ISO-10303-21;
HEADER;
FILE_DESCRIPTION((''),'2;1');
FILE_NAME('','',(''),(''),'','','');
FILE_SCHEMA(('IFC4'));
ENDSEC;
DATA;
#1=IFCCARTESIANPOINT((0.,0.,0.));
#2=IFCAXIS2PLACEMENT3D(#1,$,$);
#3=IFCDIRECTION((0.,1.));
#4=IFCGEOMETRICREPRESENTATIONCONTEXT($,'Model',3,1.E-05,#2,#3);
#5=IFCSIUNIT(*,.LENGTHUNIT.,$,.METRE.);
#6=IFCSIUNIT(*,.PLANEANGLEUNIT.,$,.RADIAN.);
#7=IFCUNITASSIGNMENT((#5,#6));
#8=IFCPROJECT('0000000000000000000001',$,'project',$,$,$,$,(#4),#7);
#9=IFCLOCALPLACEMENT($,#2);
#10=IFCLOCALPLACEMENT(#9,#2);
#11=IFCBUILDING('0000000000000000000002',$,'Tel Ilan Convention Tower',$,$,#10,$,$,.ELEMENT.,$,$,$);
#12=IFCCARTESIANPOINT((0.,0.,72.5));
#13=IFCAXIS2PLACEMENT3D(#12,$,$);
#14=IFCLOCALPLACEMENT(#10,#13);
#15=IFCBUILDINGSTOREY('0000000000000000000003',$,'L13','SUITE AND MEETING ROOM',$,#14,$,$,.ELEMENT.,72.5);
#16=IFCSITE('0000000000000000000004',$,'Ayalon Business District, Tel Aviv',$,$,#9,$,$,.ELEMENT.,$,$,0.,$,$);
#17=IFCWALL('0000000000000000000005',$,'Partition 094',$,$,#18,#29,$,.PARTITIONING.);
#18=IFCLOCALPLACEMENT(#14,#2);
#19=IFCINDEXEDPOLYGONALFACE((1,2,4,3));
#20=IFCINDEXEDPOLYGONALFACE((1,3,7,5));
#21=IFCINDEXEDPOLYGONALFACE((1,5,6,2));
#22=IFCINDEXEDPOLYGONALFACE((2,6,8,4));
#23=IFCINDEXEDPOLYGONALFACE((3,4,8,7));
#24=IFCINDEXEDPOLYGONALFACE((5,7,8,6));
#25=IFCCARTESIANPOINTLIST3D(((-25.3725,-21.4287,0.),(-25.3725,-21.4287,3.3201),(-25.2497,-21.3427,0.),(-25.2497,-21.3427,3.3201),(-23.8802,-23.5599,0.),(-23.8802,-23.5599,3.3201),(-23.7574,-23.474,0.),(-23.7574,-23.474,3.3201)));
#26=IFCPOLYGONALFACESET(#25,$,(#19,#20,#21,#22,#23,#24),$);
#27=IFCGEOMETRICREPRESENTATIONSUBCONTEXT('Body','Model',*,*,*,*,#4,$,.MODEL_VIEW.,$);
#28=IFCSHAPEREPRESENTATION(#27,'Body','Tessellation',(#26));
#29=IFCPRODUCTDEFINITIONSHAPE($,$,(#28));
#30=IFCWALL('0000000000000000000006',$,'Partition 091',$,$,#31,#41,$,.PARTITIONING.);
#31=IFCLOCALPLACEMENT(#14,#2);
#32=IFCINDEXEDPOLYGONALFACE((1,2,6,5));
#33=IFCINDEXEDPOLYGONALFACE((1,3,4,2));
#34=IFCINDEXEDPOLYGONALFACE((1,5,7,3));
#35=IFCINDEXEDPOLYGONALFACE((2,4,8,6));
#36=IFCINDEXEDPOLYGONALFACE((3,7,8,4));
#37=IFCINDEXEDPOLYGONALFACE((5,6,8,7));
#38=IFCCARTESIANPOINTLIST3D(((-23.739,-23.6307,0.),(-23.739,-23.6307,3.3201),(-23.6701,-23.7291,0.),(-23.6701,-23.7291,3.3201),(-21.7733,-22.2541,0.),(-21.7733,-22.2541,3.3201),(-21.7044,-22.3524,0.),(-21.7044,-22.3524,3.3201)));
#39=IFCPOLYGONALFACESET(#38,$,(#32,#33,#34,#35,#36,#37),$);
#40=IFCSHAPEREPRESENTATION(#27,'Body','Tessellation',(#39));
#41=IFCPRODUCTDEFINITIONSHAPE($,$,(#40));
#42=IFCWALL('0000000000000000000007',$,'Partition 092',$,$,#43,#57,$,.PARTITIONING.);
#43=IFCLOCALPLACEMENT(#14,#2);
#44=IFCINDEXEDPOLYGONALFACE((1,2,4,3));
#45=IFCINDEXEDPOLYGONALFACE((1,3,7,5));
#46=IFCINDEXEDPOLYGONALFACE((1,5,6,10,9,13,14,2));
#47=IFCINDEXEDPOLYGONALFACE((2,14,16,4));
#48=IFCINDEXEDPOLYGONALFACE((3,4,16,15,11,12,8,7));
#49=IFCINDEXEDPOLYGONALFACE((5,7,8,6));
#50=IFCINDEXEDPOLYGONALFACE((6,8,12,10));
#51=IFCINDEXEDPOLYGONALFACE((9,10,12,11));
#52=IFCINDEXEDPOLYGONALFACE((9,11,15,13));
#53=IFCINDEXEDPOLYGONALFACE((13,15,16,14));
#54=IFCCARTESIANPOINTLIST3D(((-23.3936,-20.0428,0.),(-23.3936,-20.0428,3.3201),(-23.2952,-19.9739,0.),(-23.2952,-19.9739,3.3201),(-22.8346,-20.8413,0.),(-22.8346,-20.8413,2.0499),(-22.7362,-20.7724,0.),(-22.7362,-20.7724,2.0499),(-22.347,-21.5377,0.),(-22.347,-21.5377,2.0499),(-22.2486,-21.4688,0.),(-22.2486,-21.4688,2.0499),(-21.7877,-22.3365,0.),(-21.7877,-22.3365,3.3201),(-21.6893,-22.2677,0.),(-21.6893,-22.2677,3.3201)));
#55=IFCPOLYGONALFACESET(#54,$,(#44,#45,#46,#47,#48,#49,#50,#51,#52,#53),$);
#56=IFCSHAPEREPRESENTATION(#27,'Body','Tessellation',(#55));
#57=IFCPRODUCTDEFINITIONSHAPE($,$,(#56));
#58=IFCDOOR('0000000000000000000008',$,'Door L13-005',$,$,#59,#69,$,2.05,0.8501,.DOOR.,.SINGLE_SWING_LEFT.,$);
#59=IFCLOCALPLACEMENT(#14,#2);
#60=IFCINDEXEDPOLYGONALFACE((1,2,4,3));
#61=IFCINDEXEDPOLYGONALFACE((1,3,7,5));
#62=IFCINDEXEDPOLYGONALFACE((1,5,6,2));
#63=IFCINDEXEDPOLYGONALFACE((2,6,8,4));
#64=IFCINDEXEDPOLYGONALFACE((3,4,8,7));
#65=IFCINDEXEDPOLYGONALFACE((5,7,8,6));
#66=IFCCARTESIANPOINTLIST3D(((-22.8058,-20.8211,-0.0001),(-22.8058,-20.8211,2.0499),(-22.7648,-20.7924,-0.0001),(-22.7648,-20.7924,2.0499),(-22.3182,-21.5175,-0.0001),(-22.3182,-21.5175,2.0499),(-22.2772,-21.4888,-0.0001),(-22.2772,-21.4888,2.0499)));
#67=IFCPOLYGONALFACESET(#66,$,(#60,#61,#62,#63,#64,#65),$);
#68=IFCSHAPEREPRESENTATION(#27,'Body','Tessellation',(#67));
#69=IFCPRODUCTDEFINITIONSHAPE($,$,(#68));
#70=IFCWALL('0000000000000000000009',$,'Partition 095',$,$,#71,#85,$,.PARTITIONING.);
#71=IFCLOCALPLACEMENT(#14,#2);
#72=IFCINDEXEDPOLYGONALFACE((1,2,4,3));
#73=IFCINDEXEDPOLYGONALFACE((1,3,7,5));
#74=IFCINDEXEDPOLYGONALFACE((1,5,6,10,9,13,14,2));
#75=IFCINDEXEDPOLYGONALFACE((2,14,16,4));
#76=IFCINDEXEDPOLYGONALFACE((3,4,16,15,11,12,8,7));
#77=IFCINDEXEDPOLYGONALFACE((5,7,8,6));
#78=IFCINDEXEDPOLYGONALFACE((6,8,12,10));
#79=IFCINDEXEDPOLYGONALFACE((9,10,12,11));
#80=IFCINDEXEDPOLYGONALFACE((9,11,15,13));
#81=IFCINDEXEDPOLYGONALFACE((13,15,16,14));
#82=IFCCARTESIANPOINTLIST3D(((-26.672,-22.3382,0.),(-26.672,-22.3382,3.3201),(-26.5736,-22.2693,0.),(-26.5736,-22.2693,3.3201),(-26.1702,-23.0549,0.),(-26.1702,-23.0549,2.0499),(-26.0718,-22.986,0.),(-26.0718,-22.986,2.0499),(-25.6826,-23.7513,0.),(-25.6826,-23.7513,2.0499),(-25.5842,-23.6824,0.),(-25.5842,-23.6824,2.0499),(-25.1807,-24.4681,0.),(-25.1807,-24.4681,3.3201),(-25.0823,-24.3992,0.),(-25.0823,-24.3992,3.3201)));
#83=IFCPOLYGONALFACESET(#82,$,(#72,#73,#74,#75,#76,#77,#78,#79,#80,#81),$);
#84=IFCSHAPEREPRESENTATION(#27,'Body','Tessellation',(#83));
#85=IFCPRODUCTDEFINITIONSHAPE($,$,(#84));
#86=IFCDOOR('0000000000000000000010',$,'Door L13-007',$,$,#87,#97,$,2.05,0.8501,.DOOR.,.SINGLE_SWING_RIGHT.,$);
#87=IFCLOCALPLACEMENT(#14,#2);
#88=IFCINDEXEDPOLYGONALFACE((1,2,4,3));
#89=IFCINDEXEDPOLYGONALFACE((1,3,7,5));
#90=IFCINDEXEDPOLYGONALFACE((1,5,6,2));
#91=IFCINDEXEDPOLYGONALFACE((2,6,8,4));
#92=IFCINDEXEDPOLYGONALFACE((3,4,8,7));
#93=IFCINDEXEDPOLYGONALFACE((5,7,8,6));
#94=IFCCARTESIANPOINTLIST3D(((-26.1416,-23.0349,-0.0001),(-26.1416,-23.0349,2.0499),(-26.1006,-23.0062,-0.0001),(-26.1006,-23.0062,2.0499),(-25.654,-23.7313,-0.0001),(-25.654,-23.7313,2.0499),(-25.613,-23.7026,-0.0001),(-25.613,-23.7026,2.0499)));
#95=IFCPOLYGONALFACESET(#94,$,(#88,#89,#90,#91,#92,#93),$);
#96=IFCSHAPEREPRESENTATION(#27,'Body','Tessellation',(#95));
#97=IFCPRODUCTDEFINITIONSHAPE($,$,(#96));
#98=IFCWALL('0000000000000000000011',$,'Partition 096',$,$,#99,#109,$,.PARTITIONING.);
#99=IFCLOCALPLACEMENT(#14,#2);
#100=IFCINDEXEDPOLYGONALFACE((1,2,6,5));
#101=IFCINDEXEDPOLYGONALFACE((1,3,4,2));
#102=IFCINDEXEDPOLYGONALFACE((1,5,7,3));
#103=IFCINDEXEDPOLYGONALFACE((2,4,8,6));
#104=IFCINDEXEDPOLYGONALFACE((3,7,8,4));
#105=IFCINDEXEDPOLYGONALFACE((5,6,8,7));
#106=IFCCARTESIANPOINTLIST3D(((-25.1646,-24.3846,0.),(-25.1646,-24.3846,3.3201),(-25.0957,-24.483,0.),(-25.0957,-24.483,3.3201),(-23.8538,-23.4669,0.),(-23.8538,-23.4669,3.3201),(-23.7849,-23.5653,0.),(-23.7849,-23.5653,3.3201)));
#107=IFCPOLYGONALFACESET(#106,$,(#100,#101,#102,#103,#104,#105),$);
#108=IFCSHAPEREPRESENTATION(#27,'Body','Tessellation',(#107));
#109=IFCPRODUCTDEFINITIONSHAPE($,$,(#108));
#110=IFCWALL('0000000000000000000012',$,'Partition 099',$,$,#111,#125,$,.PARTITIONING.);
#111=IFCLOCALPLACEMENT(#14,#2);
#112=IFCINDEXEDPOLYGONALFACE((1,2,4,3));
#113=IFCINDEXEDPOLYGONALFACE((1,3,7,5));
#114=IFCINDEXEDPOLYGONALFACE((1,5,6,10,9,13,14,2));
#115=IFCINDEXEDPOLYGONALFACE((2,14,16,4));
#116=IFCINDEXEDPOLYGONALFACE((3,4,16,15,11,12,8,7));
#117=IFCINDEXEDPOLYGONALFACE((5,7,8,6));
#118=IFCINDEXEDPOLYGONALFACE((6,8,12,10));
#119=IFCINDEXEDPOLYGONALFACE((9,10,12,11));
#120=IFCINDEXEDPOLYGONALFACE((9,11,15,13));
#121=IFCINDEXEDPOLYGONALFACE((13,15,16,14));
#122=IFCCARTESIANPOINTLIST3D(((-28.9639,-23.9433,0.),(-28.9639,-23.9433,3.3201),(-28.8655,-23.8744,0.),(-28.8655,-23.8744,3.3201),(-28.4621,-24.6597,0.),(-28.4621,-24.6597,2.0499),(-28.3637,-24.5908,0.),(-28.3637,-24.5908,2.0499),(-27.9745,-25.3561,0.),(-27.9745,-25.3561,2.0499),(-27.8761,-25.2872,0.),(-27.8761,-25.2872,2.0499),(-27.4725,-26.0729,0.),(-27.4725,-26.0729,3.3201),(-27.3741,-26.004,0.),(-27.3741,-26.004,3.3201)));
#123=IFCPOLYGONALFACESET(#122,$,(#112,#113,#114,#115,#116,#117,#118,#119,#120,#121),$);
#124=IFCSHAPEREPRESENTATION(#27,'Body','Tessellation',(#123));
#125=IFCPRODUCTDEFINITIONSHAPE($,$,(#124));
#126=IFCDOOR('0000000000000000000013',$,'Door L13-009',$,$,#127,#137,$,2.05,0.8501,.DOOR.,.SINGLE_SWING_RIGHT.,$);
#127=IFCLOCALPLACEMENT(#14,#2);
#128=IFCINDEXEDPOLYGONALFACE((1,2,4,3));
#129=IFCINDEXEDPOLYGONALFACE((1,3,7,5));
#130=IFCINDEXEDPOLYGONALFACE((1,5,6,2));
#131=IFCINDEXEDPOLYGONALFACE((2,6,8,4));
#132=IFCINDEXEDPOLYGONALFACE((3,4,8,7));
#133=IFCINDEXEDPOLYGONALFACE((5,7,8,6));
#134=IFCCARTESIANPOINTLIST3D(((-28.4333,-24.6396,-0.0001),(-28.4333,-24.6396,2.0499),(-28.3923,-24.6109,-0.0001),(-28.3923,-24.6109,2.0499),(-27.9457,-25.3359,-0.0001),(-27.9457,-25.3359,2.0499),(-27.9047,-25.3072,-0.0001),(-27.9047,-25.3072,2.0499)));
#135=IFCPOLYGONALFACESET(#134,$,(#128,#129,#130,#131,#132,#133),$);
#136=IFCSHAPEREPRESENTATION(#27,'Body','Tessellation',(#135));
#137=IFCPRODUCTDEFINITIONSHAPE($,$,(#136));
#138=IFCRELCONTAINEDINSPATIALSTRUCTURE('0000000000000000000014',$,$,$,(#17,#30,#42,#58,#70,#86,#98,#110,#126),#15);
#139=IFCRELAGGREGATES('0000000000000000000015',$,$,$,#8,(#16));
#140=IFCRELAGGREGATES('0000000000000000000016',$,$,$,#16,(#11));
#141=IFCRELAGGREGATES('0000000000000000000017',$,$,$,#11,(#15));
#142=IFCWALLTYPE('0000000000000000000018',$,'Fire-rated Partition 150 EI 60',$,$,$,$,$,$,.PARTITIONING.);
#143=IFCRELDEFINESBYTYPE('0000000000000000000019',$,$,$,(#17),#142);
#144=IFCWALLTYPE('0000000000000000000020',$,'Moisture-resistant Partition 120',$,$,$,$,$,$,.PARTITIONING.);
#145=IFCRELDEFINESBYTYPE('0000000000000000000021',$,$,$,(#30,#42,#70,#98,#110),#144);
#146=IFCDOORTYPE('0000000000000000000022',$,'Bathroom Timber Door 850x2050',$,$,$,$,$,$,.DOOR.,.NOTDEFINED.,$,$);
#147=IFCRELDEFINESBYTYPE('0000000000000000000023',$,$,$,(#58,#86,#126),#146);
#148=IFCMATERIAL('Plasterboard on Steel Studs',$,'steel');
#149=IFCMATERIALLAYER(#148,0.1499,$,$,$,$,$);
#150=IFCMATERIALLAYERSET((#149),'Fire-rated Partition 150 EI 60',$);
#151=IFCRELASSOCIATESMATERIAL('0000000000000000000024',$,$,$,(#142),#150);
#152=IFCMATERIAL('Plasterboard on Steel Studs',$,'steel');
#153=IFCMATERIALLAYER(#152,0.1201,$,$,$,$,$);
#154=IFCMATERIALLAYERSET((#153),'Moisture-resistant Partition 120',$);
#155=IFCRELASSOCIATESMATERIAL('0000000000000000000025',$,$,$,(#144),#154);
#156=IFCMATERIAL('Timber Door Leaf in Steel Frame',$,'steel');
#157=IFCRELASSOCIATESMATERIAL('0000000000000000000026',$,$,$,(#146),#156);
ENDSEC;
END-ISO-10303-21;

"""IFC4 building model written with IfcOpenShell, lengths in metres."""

from ifc_helpers import new_model, si_unit, direction, frame, frame_2d, origin, place, context, subcontext, project, spatial, rectangle, extrude, material, layer, layer_set, type_object, element, fill, save


model = new_model("IFC4")

# Units and contexts
model_context = context("Model", 3, precision=1e-05, world=origin(), true_north=direction((0.0, 1.0)))
body_context = subcontext(model_context, "Body", "Model", "MODEL_VIEW")
ifc_project = project(units=[si_unit("LENGTHUNIT", "METRE"), si_unit("PLANEANGLEUNIT", "RADIAN")], contexts=[model_context])

# Site, building, storey
site_placement = place(None, origin())
site = spatial("IfcSite", under=ifc_project, at=site_placement, Name="Ayalon Business District, Tel Aviv", CompositionType="ELEMENT", RefElevation=0.0)
building_placement = place(site_placement, origin())
building = spatial("IfcBuilding", under=site, at=building_placement, Name="Tel Ilan Convention Tower", CompositionType="ELEMENT")
storey_placement = place(building_placement, frame((0.0, 0.0, 72.5)))
storey = spatial("IfcBuildingStorey", under=building, at=storey_placement, Name="L13", Description="SUITE AND MEETING ROOM", CompositionType="ELEMENT", Elevation=72.5)

# Shared definitions
ifc_material_1 = material(Name="Plasterboard on Steel Studs", Category="steel")
ifc_layer_1 = layer(ifc_material_1, 0.1499)
ifc_layer_set_1 = layer_set([ifc_layer_1], Name="Fire-rated Partition 150 EI 60")
wall_type_1 = type_object("IfcWallType", Name="Fire-rated Partition 150 EI 60", PredefinedType="PARTITIONING", material=ifc_layer_set_1)

# Walls
wall_1_placement = place(storey_placement, frame((-23.8188, -23.5168, 0.0), z_axis=(0.0, 0.0, 1.0), x_axis=(-0.573588, 0.819144, 0.0)))
element("IfcWall", 1, at=wall_1_placement, inside=storey, type_object=wall_type_1, Name="Partition 094", PredefinedType="PARTITIONING", context=body_context, shape_type="SweptSolid", body=[
    extrude(rectangle(XDim=2.6018, YDim=0.1499, at=frame_2d((1.3008, 0.0))), origin(), (0.0, 0.0, 1.0), 3.3201),
])
ifc_material_2 = material(Name="Plasterboard on Steel Studs", Category="steel")
ifc_layer_2 = layer(ifc_material_2, 0.1201)
ifc_layer_set_2 = layer_set([ifc_layer_2], Name="Moisture-resistant Partition 120")
wall_type_2 = type_object("IfcWallType", Name="Moisture-resistant Partition 120", PredefinedType="PARTITIONING", material=ifc_layer_set_2)
wall_2_placement = place(storey_placement, frame((-23.7046, -23.6799, 0.0), z_axis=(0.0, 0.0, 1.0), x_axis=(0.819108, 0.57364, 0.0)))
element("IfcWall", 2, at=wall_2_placement, inside=storey, type_object=wall_type_2, Name="Partition 091", PredefinedType="PARTITIONING", context=body_context, shape_type="SweptSolid", body=[
    extrude(rectangle(XDim=2.3999, YDim=0.1201, at=frame_2d((1.2, 0.0))), origin(), (0.0, 0.0, 1.0), 3.3201),
])

# Walls, openings, doors
wall_3_placement = place(storey_placement, frame((-21.7385, -22.302, 0.0), z_axis=(0.0, 0.0, 1.0), x_axis=(-0.57355, 0.81917, 0.0)))
wall_3 = element("IfcWall", 3, at=wall_3_placement, inside=storey, type_object=wall_type_2, Name="Partition 092", PredefinedType="PARTITIONING", context=body_context, shape_type="SweptSolid", body=[
    extrude(rectangle(XDim=2.8, YDim=0.1201, at=frame_2d((1.3999, 0.0))), origin(), (0.0, 0.0, 1.0), 3.3201),
])
opening_1_placement = place(wall_3_placement, frame((0.9751, 0.0, 0.0)))
opening_1 = element("IfcOpeningElement", 4, at=opening_1_placement, cuts=wall_3, PredefinedType="OPENING", context=body_context, shape_type="SweptSolid", body=[
    extrude(rectangle(XDim=0.8501, YDim=2.05, at=frame_2d((0.425, 1.0249))), frame((0.0, 0.0701, 0.0), z_axis=(0.0, -1.0, 0.0), x_axis=(1.0, 0.0, 0.0)), (0.0, 0.0, 1.0), 0.1401),
])
ifc_material_3 = material(Name="Timber Door Leaf in Steel Frame", Category="steel")
door_type_1 = type_object("IfcDoorType", Name="Bathroom Timber Door 850x2050", OperationType="NOTDEFINED", PredefinedType="DOOR", material=ifc_material_3)
door_1_placement = place(opening_1_placement, origin())
door_1 = element("IfcDoor", 5, at=door_1_placement, inside=storey, type_object=door_type_1, Name="Door L13-005", OperationType="SINGLE_SWING_LEFT", OverallHeight=2.05, OverallWidth=0.8501, PredefinedType="DOOR", context=body_context, shape_type="SweptSolid", body=[
    extrude(rectangle(XDim=0.8501, YDim=2.05, at=frame_2d((0.425, 1.0249))), frame((0.0, 0.0249, 0.0), z_axis=(0.0, -1.0, 0.0), x_axis=(1.0, 0.0, 0.0)), (0.0, 0.0, 1.0), 0.05),
])
fill(opening_1, door_1)
wall_4_placement = place(storey_placement, frame((-26.6228, -22.3037, 0.0), z_axis=(0.0, 0.0, 1.0), x_axis=(0.573538, -0.819179, 0.0)))
wall_4 = element("IfcWall", 6, at=wall_4_placement, inside=storey, type_object=wall_type_2, Name="Partition 095", PredefinedType="PARTITIONING", context=body_context, shape_type="SweptSolid", body=[
    extrude(rectangle(XDim=2.6001, YDim=0.1201, at=frame_2d((1.3, 0.0))), origin(), (0.0, 0.0, 1.0), 3.3201),
])
opening_2_placement = place(wall_4_placement, frame((0.875, 0.0, 0.0)))
opening_2 = element("IfcOpeningElement", 7, at=opening_2_placement, cuts=wall_4, PredefinedType="OPENING", context=body_context, shape_type="SweptSolid", body=[
    extrude(rectangle(XDim=0.8501, YDim=2.05, at=frame_2d((0.425, 1.0249))), frame((0.0, 0.0701, 0.0), z_axis=(0.0, -1.0, 0.0), x_axis=(1.0, 0.0, 0.0)), (0.0, 0.0, 1.0), 0.1401),
])
door_2_placement = place(opening_2_placement, origin())
door_2 = element("IfcDoor", 8, at=door_2_placement, inside=storey, type_object=door_type_1, Name="Door L13-007", OperationType="SINGLE_SWING_RIGHT", OverallHeight=2.05, OverallWidth=0.8501, PredefinedType="DOOR", context=body_context, shape_type="SweptSolid", body=[
    extrude(rectangle(XDim=0.8501, YDim=2.05, at=frame_2d((0.425, 1.0249))), frame((0.0, 0.0249, 0.0), z_axis=(0.0, -1.0, 0.0), x_axis=(1.0, 0.0, 0.0)), (0.0, 0.0, 1.0), 0.05),
])
fill(opening_2, door_2)

# Wall
wall_5_placement = place(storey_placement, frame((-25.1301, -24.4338, 0.0), z_axis=(0.0, 0.0, 1.0), x_axis=(0.819182, 0.573534, 0.0)))
element("IfcWall", 9, at=wall_5_placement, inside=storey, type_object=wall_type_2, Name="Partition 096", PredefinedType="PARTITIONING", context=body_context, shape_type="SweptSolid", body=[
    extrude(rectangle(XDim=1.6001, YDim=0.1201, at=frame_2d((0.8, 0.0))), origin(), (0.0, 0.0, 1.0), 3.3201),
])

# Wall, opening, door
wall_6_placement = place(storey_placement, frame((-27.4233, -26.0383, 0.0), z_axis=(0.0, 0.0, 1.0), x_axis=(-0.573645, 0.819104, 0.0)))
wall_6 = element("IfcWall", 10, at=wall_6_placement, inside=storey, type_object=wall_type_2, Name="Partition 099", PredefinedType="PARTITIONING", context=body_context, shape_type="SweptSolid", body=[
    extrude(rectangle(XDim=2.5999, YDim=0.1201, at=frame_2d((1.2998, 0.0))), origin(), (0.0, 0.0, 1.0), 3.3201),
])
opening_3_placement = place(wall_6_placement, frame((0.875, 0.0, 0.0)))
opening_3 = element("IfcOpeningElement", 11, at=opening_3_placement, cuts=wall_6, PredefinedType="OPENING", context=body_context, shape_type="SweptSolid", body=[
    extrude(rectangle(XDim=0.8501, YDim=2.05, at=frame_2d((0.425, 1.0249))), frame((0.0, 0.0701, 0.0), z_axis=(0.0, -1.0, 0.0), x_axis=(1.0, 0.0, 0.0)), (0.0, 0.0, 1.0), 0.1401),
])
door_3_placement = place(opening_3_placement, origin())
door_3 = element("IfcDoor", 12, at=door_3_placement, inside=storey, type_object=door_type_1, Name="Door L13-009", OperationType="SINGLE_SWING_RIGHT", OverallHeight=2.05, OverallWidth=0.8501, PredefinedType="DOOR", context=body_context, shape_type="SweptSolid", body=[
    extrude(rectangle(XDim=0.8501, YDim=2.05, at=frame_2d((0.425, 1.0249))), frame((0.0, 0.0249, 0.0), z_axis=(0.0, -1.0, 0.0), x_axis=(1.0, 0.0, 0.0)), (0.0, 0.0, 1.0), 0.05),
])
fill(opening_3, door_3)

save(model, "model.ifc")
